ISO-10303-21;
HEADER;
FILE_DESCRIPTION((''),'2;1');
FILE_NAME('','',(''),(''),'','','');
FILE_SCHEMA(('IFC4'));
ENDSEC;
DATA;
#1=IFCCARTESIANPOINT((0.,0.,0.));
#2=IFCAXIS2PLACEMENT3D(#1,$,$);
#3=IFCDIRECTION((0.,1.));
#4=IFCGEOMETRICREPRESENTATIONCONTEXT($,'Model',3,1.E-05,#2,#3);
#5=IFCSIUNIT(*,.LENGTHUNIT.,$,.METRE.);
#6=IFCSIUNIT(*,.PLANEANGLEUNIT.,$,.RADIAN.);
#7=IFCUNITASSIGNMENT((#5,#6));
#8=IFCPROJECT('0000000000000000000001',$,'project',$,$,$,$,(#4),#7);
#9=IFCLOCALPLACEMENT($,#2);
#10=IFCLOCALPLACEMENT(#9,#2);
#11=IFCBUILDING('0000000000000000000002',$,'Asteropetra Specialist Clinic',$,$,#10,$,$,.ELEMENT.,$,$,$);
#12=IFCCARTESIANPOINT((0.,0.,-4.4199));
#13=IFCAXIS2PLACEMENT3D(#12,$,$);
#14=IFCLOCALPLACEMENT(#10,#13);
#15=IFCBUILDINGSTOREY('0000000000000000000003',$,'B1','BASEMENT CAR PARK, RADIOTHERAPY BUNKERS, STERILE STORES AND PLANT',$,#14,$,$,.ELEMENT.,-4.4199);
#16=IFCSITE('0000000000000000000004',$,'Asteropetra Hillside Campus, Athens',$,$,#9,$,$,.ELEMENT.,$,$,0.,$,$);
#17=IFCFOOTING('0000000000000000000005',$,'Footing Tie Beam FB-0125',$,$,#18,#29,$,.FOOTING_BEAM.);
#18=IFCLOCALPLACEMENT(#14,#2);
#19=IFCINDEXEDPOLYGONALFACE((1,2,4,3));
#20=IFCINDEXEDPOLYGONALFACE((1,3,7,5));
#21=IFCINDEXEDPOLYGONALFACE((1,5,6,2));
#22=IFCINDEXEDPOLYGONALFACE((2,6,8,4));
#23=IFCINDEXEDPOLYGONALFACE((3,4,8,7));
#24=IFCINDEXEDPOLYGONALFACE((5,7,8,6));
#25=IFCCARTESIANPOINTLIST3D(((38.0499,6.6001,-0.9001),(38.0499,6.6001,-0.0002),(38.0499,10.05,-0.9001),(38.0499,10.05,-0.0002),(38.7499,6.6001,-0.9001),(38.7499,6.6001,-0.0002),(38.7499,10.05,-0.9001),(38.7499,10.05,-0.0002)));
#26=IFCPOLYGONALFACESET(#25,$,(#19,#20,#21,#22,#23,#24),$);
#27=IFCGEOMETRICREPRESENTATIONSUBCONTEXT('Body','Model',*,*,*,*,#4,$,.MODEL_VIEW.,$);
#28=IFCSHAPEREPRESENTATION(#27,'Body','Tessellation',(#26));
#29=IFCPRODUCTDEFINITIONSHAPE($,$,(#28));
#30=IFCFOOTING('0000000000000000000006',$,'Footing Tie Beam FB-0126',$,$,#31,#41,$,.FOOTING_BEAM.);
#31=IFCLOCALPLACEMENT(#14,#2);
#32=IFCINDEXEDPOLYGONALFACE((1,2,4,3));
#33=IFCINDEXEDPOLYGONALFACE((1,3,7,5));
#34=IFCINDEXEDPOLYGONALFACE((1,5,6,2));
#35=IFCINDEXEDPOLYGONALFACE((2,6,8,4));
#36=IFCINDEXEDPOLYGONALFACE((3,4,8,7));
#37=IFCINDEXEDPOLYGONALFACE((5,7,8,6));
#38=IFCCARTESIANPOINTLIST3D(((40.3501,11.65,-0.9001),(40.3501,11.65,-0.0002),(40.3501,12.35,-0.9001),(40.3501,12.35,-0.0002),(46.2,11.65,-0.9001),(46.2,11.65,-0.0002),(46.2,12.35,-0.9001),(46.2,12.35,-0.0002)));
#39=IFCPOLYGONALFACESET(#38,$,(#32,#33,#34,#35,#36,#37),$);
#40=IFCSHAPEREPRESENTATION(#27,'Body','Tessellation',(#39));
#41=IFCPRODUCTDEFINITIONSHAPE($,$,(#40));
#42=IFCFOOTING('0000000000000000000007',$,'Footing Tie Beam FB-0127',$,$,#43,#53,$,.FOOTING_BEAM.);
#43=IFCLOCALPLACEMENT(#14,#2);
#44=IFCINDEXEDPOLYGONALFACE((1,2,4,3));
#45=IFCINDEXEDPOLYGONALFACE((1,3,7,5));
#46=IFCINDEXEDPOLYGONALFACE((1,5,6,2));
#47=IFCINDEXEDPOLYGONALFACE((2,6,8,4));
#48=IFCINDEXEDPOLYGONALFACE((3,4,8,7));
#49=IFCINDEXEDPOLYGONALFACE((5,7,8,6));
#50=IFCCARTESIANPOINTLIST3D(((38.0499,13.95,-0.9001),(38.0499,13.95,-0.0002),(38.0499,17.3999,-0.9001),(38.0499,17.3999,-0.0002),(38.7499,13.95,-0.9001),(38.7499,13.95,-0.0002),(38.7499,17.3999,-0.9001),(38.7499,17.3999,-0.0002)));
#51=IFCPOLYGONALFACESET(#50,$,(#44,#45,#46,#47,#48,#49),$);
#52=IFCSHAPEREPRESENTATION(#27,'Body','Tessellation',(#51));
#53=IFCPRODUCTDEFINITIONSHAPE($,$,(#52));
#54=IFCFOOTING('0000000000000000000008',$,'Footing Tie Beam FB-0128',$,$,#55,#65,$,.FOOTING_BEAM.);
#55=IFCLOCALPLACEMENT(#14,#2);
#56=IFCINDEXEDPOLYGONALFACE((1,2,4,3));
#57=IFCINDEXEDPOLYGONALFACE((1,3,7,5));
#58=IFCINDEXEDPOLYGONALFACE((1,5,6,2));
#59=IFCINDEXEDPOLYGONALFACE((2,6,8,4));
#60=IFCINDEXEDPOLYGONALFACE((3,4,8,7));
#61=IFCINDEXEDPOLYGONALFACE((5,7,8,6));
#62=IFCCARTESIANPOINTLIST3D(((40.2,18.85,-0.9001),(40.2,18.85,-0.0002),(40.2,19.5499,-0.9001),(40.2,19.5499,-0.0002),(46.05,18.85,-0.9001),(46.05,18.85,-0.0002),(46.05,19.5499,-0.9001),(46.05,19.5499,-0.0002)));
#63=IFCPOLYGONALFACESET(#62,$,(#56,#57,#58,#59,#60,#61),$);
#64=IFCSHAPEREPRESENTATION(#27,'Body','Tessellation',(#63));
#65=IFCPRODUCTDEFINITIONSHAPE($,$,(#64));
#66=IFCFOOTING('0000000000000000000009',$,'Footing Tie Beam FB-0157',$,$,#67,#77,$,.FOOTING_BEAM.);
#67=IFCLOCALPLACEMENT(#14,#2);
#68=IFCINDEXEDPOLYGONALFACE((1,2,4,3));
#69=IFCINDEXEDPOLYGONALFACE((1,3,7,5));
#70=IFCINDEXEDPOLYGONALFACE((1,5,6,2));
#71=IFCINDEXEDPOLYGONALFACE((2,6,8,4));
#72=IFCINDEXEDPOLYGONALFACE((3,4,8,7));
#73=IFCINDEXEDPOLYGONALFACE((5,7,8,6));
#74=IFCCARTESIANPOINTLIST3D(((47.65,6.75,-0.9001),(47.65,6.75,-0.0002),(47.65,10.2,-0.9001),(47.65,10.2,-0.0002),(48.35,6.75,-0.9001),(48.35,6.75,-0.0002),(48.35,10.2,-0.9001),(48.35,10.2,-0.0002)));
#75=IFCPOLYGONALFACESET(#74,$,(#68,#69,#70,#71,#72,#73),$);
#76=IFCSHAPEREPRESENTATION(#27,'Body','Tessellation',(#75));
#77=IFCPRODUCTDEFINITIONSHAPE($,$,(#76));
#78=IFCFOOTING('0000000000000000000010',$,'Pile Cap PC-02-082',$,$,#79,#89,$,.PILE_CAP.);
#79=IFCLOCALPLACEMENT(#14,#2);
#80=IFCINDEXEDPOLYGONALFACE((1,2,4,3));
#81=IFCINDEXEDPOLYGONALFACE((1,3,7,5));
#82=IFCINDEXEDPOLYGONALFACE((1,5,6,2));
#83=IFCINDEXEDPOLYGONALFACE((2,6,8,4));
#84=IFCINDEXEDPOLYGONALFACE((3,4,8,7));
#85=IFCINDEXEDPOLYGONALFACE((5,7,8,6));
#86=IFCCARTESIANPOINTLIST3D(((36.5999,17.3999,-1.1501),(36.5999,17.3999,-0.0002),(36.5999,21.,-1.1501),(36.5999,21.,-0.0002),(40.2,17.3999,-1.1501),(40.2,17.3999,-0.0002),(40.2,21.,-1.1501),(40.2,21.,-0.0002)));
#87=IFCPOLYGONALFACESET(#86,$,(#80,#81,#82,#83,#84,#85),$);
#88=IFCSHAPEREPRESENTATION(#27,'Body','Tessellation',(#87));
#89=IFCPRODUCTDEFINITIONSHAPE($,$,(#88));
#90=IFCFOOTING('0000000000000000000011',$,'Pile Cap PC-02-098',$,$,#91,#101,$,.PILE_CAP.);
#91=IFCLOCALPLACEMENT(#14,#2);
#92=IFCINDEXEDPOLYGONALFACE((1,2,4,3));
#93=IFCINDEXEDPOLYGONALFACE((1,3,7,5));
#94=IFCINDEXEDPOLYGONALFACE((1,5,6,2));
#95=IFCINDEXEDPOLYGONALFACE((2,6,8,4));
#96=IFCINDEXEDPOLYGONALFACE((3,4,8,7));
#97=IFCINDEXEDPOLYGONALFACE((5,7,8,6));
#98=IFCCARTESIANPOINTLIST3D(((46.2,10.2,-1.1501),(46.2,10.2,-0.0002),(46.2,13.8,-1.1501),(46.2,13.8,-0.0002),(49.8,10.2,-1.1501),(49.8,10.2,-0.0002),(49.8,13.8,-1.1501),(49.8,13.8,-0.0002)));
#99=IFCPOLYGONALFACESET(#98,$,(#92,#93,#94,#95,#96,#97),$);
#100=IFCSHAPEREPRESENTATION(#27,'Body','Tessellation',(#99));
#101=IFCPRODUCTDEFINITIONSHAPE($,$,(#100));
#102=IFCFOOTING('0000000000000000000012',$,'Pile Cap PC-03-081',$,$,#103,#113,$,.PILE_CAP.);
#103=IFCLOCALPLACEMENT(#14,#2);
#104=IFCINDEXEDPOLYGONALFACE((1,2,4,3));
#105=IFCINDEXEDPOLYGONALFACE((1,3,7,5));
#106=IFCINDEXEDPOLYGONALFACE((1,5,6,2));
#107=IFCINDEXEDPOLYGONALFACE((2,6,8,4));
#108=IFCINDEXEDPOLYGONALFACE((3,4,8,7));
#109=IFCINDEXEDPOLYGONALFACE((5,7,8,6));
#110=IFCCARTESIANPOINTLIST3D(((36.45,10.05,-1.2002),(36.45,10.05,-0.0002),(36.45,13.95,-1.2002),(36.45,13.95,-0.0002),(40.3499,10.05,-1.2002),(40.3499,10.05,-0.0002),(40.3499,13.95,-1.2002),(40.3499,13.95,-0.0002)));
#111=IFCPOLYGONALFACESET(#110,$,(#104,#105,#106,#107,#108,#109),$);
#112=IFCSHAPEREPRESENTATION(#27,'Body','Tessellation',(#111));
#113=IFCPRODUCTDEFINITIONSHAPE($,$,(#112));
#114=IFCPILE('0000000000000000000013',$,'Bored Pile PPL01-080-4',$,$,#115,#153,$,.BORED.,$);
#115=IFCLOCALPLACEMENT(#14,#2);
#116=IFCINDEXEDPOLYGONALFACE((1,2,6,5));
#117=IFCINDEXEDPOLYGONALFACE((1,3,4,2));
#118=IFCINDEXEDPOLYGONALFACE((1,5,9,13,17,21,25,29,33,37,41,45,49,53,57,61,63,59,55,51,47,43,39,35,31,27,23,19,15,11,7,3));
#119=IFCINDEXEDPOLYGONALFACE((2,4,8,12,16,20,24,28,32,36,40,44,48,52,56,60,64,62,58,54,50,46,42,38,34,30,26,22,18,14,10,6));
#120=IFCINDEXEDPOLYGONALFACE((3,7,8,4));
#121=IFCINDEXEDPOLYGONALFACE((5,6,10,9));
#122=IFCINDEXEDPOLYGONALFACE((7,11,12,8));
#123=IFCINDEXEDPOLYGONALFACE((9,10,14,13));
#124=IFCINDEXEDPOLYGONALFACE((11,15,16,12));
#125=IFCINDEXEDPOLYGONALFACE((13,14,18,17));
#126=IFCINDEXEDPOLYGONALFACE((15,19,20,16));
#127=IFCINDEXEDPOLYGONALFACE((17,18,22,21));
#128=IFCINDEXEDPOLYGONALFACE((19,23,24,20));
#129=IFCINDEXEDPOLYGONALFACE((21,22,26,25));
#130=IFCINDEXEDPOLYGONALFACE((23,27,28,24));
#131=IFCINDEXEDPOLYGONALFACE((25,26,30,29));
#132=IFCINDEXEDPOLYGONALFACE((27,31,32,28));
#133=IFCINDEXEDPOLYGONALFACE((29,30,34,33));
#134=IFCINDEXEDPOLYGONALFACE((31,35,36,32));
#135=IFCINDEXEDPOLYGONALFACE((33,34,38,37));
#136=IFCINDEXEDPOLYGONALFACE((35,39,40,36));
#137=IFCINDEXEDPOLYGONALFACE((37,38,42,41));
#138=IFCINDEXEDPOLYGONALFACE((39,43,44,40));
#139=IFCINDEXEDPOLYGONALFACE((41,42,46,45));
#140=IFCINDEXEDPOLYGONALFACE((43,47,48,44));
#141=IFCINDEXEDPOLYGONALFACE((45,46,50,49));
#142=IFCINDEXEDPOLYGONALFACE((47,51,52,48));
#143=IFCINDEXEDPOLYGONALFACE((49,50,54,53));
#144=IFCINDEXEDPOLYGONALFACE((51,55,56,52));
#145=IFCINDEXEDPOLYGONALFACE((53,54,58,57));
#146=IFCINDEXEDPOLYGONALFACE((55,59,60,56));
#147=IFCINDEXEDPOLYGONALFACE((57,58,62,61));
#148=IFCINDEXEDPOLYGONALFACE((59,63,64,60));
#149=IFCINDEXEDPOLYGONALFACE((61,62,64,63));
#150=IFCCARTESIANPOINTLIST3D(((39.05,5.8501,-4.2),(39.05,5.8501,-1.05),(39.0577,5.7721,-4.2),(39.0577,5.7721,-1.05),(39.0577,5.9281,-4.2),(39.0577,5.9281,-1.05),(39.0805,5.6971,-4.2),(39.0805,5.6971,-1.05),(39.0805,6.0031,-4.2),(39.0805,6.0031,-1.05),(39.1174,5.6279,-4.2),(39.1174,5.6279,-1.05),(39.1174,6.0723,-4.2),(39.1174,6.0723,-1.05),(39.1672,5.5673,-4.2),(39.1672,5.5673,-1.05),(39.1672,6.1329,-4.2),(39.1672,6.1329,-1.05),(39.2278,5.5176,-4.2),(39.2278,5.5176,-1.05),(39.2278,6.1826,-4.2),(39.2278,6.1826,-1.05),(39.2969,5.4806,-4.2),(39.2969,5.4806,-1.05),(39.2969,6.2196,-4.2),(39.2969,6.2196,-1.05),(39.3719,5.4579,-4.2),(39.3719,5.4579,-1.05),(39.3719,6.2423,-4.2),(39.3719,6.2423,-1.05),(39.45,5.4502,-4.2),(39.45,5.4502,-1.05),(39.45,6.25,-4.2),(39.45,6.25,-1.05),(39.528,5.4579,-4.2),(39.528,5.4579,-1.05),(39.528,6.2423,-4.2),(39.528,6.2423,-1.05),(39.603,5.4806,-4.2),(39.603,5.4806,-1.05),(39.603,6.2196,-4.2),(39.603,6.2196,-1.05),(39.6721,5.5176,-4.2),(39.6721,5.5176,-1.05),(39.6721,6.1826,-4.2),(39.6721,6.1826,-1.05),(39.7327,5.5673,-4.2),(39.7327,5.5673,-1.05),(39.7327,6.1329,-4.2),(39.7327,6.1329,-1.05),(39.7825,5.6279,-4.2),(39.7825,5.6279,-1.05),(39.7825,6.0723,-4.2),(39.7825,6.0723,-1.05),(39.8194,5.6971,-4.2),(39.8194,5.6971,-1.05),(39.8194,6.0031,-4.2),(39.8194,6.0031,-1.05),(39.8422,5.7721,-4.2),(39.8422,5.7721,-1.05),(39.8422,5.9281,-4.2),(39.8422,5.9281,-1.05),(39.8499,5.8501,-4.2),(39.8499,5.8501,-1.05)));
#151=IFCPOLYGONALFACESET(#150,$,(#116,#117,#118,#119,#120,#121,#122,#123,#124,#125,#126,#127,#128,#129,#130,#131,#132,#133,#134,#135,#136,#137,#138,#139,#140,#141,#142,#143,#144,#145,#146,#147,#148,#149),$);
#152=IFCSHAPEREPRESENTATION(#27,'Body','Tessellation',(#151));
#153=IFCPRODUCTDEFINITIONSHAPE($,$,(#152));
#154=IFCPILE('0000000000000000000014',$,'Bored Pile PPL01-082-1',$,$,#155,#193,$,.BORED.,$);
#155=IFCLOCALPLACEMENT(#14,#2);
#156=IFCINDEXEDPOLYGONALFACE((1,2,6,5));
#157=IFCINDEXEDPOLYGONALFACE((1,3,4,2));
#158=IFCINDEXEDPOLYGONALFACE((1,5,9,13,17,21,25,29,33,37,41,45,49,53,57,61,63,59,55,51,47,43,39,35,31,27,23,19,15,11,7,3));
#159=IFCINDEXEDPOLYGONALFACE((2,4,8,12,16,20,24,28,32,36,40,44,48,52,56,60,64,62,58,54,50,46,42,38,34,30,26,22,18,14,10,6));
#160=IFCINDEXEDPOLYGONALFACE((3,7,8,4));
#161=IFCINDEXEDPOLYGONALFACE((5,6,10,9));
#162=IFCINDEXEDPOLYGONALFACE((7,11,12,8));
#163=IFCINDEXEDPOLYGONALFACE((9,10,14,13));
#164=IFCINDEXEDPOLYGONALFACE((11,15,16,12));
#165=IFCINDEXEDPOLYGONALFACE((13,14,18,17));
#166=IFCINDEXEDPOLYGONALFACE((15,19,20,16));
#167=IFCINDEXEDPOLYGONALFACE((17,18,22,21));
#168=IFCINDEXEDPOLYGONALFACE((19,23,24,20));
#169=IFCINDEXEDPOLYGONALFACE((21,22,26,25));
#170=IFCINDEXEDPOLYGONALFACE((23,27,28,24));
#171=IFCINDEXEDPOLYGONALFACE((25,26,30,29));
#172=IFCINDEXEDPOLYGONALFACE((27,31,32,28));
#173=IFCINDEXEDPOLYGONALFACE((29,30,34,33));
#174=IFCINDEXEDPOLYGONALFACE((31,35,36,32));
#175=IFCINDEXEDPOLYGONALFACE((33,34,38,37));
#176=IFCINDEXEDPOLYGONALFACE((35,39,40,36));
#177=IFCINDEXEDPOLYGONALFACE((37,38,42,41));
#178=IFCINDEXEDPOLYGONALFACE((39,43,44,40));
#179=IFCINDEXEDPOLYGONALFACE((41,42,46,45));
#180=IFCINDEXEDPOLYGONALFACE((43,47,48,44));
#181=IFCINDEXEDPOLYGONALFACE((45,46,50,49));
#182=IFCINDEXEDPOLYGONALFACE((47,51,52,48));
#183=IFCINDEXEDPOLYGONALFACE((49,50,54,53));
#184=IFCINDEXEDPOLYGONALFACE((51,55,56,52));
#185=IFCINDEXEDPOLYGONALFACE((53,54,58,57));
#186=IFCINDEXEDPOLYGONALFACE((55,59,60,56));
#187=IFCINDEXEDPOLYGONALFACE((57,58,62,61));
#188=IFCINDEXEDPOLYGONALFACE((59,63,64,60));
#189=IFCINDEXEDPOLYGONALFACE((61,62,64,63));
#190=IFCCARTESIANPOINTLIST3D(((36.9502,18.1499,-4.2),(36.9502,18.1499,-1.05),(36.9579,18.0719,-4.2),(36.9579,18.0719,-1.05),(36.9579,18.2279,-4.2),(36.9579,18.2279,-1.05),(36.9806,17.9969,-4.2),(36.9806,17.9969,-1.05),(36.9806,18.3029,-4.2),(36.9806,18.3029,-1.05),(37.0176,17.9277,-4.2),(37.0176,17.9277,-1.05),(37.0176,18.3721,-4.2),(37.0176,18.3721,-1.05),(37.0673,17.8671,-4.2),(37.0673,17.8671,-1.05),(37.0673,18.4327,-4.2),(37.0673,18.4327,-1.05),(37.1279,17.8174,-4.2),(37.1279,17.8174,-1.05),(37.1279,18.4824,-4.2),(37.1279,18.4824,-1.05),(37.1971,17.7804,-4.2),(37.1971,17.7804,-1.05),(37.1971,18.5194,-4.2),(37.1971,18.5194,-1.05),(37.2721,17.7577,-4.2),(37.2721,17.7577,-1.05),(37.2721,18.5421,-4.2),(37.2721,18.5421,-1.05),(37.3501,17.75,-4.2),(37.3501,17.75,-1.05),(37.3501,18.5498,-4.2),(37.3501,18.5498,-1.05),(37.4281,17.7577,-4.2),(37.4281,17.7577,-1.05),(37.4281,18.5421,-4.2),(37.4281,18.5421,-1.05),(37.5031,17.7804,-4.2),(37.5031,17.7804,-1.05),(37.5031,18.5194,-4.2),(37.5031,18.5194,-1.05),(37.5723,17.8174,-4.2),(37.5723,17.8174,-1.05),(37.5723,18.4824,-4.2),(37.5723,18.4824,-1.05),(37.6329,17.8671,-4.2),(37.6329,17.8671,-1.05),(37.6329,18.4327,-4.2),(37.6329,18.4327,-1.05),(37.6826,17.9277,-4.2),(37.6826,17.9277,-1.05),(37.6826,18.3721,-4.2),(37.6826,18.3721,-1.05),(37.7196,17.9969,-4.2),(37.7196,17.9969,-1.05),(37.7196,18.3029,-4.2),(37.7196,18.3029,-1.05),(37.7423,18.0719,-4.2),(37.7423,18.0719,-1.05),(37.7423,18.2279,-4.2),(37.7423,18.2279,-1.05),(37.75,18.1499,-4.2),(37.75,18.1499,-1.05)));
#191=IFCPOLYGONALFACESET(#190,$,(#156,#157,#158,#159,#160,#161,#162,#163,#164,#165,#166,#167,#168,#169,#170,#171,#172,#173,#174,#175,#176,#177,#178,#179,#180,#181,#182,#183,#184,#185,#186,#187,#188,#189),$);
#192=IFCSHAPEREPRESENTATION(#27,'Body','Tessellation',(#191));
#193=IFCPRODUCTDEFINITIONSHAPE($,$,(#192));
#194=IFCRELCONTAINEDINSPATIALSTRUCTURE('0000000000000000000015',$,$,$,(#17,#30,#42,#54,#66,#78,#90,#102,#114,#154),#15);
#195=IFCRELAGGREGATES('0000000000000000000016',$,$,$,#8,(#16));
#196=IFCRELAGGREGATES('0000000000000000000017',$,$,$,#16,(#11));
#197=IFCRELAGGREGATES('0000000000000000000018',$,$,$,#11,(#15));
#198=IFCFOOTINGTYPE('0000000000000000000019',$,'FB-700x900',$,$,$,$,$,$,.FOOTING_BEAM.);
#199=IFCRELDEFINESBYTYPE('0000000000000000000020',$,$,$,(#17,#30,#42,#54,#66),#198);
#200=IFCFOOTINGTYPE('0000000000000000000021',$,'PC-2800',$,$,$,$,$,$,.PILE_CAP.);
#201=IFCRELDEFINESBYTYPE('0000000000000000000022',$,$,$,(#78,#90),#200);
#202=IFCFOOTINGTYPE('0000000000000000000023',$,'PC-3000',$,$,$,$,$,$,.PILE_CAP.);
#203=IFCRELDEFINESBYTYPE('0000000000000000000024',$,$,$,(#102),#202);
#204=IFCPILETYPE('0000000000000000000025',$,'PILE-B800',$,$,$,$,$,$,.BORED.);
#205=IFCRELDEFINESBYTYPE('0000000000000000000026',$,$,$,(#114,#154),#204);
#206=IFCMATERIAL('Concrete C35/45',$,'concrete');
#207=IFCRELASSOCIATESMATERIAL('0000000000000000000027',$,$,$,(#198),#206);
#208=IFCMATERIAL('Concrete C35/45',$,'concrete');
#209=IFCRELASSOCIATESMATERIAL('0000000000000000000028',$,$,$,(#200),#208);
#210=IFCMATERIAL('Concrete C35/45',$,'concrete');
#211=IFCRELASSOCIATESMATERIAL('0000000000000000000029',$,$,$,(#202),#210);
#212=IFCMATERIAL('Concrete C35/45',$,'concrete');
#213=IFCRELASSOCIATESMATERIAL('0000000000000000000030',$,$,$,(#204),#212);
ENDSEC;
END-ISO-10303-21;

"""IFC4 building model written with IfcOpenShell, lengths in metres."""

from ifc_helpers import new_model, si_unit, direction, frame, origin, origin_2d, place, context, subcontext, project, spatial, rectangle, circle, extrude, material, material_profile, profile_set, type_object, element, save


model = new_model("IFC4")

# Units and contexts
model_context = context("Model", 3, precision=1e-05, world=origin(), true_north=direction((0.0, 1.0)))
body_context = subcontext(model_context, "Body", "Model", "MODEL_VIEW")
ifc_project = project(units=[si_unit("LENGTHUNIT", "METRE"), si_unit("PLANEANGLEUNIT", "RADIAN")], contexts=[model_context])

# Site, building, storey
site_placement = place(None, origin())
site = spatial("IfcSite", under=ifc_project, at=site_placement, Name="Asteropetra Hillside Campus, Athens", CompositionType="ELEMENT", RefElevation=0.0)
building_placement = place(site_placement, origin())
building = spatial("IfcBuilding", under=site, at=building_placement, Name="Asteropetra Specialist Clinic", CompositionType="ELEMENT")
storey_placement = place(building_placement, frame((0.0, 0.0, -4.4199)))
storey = spatial("IfcBuildingStorey", under=building, at=storey_placement, Name="B1", Description="BASEMENT CAR PARK, RADIOTHERAPY BUNKERS, STERILE STORES AND PLANT", CompositionType="ELEMENT", Elevation=-4.4199)

# Footings
ifc_material_1 = material(Name="Concrete C35/45", Category="concrete")
ifc_material_profile_1 = material_profile(ifc_material_1, rectangle(XDim=0.7, YDim=0.8999, at=origin_2d()), Name="FB 700x900")
ifc_profile_set_1 = profile_set([ifc_material_profile_1], Name="Concrete C35/45")
footing_type_1 = type_object("IfcFootingType", Name="FB-700x900", PredefinedType="FOOTING_BEAM", material=ifc_profile_set_1)
footing_1_placement = place(storey_placement, frame((38.3999, 6.6001, -0.4502), z_axis=(0.0, 1.0, 0.0), x_axis=(-1.0, 0.0, 0.0)))
element("IfcFooting", 1, at=footing_1_placement, inside=storey, type_object=footing_type_1, Name="Footing Tie Beam FB-0125", PredefinedType="FOOTING_BEAM", context=body_context, shape_type="SweptSolid", body=[
    extrude(rectangle(XDim=0.7, YDim=0.8999, at=origin_2d()), origin(), (0.0, 0.0, 1.0), 3.45),
])
footing_2_placement = place(storey_placement, frame((40.3501, 12.0, -0.4502), z_axis=(1.0, 0.0, 0.0), x_axis=(0.0, 1.0, 0.0)))
element("IfcFooting", 2, at=footing_2_placement, inside=storey, type_object=footing_type_1, Name="Footing Tie Beam FB-0126", PredefinedType="FOOTING_BEAM", context=body_context, shape_type="SweptSolid", body=[
    extrude(rectangle(XDim=0.7, YDim=0.8999, at=origin_2d()), origin(), (0.0, 0.0, 1.0), 5.8499),
])
footing_3_placement = place(storey_placement, frame((38.3999, 13.95, -0.4502), z_axis=(0.0, 1.0, 0.0), x_axis=(-1.0, 0.0, 0.0)))
element("IfcFooting", 3, at=footing_3_placement, inside=storey, type_object=footing_type_1, Name="Footing Tie Beam FB-0127", PredefinedType="FOOTING_BEAM", context=body_context, shape_type="SweptSolid", body=[
    extrude(rectangle(XDim=0.7, YDim=0.8999, at=origin_2d()), origin(), (0.0, 0.0, 1.0), 3.45),
])
footing_4_placement = place(storey_placement, frame((40.2, 19.2, -0.4502), z_axis=(1.0, 0.0, 0.0), x_axis=(0.0, 1.0, 0.0)))
element("IfcFooting", 4, at=footing_4_placement, inside=storey, type_object=footing_type_1, Name="Footing Tie Beam FB-0128", PredefinedType="FOOTING_BEAM", context=body_context, shape_type="SweptSolid", body=[
    extrude(rectangle(XDim=0.7, YDim=0.8999, at=origin_2d()), origin(), (0.0, 0.0, 1.0), 5.8501),
])
footing_5_placement = place(storey_placement, frame((48.0, 6.75, -0.4502), z_axis=(0.0, 1.0, 0.0), x_axis=(-1.0, 0.0, 0.0)))
element("IfcFooting", 5, at=footing_5_placement, inside=storey, type_object=footing_type_1, Name="Footing Tie Beam FB-0157", PredefinedType="FOOTING_BEAM", context=body_context, shape_type="SweptSolid", body=[
    extrude(rectangle(XDim=0.7, YDim=0.8999, at=origin_2d()), origin(), (0.0, 0.0, 1.0), 3.45),
])
ifc_material_2 = material(Name="Concrete C35/45", Category="concrete")
footing_type_2 = type_object("IfcFootingType", Name="PC-2800", PredefinedType="PILE_CAP", material=ifc_material_2)
for number, where, z_axis, x_axis, name in (
    (6, (38.3999, 19.2, -1.1501), (0.0, 0.0, 1.0), (1.0, 0.0, 0.0), "Pile Cap PC-02-082"),
    (7, (48.0, 12.0, -1.1501), (0.0, 0.0, 1.0), (1.0, 0.0, 0.0), "Pile Cap PC-02-098"),
):
    element("IfcFooting", number, at=place(storey_placement, frame(where, z_axis=z_axis, x_axis=x_axis)), inside=storey, type_object=footing_type_2, Name=name, PredefinedType="PILE_CAP", context=body_context, shape_type="SweptSolid", body=[
        extrude(rectangle(XDim=3.6001, YDim=3.6001, at=origin_2d()), origin(), (0.0, 0.0, 1.0), 1.1499),
    ])
ifc_material_3 = material(Name="Concrete C35/45", Category="concrete")
footing_type_3 = type_object("IfcFootingType", Name="PC-3000", PredefinedType="PILE_CAP", material=ifc_material_3)
footing_6_placement = place(storey_placement, frame((38.3999, 12.0, -1.2002), z_axis=(0.0, 0.0, 1.0), x_axis=(1.0, 0.0, 0.0)))
element("IfcFooting", 8, at=footing_6_placement, inside=storey, type_object=footing_type_3, Name="Pile Cap PC-03-081", PredefinedType="PILE_CAP", context=body_context, shape_type="SweptSolid", body=[
    extrude(rectangle(XDim=3.8999, YDim=3.8999, at=origin_2d()), origin(), (0.0, 0.0, 1.0), 1.2),
])

# Piles
ifc_material_4 = material(Name="Concrete C35/45", Category="concrete")
ifc_material_profile_2 = material_profile(ifc_material_4, circle(Radius=0.3999, at=origin_2d()), Name="PILE D800")
ifc_profile_set_2 = profile_set([ifc_material_profile_2], Name="Concrete C35/45")
pile_type_1 = type_object("IfcPileType", Name="PILE-B800", PredefinedType="BORED", material=ifc_profile_set_2)
for number, where, z_axis, x_axis, name in (
    (9, (39.45, 5.8501, -1.05), (0.0, 0.0, -1.0), (1.0, 0.0, 0.0), "Bored Pile PPL01-080-4"),
    (10, (37.3501, 18.1499, -1.05), (0.0, 0.0, -1.0), (1.0, 0.0, 0.0), "Bored Pile PPL01-082-1"),
):
    element("IfcPile", number, at=place(storey_placement, frame(where, z_axis=z_axis, x_axis=x_axis)), inside=storey, type_object=pile_type_1, Name=name, PredefinedType="BORED", context=body_context, shape_type="SweptSolid", body=[
        extrude(circle(Radius=0.3999, at=origin_2d()), origin(), (0.0, 0.0, 1.0), 3.1499),
    ])

save(model, "model.ifc")
